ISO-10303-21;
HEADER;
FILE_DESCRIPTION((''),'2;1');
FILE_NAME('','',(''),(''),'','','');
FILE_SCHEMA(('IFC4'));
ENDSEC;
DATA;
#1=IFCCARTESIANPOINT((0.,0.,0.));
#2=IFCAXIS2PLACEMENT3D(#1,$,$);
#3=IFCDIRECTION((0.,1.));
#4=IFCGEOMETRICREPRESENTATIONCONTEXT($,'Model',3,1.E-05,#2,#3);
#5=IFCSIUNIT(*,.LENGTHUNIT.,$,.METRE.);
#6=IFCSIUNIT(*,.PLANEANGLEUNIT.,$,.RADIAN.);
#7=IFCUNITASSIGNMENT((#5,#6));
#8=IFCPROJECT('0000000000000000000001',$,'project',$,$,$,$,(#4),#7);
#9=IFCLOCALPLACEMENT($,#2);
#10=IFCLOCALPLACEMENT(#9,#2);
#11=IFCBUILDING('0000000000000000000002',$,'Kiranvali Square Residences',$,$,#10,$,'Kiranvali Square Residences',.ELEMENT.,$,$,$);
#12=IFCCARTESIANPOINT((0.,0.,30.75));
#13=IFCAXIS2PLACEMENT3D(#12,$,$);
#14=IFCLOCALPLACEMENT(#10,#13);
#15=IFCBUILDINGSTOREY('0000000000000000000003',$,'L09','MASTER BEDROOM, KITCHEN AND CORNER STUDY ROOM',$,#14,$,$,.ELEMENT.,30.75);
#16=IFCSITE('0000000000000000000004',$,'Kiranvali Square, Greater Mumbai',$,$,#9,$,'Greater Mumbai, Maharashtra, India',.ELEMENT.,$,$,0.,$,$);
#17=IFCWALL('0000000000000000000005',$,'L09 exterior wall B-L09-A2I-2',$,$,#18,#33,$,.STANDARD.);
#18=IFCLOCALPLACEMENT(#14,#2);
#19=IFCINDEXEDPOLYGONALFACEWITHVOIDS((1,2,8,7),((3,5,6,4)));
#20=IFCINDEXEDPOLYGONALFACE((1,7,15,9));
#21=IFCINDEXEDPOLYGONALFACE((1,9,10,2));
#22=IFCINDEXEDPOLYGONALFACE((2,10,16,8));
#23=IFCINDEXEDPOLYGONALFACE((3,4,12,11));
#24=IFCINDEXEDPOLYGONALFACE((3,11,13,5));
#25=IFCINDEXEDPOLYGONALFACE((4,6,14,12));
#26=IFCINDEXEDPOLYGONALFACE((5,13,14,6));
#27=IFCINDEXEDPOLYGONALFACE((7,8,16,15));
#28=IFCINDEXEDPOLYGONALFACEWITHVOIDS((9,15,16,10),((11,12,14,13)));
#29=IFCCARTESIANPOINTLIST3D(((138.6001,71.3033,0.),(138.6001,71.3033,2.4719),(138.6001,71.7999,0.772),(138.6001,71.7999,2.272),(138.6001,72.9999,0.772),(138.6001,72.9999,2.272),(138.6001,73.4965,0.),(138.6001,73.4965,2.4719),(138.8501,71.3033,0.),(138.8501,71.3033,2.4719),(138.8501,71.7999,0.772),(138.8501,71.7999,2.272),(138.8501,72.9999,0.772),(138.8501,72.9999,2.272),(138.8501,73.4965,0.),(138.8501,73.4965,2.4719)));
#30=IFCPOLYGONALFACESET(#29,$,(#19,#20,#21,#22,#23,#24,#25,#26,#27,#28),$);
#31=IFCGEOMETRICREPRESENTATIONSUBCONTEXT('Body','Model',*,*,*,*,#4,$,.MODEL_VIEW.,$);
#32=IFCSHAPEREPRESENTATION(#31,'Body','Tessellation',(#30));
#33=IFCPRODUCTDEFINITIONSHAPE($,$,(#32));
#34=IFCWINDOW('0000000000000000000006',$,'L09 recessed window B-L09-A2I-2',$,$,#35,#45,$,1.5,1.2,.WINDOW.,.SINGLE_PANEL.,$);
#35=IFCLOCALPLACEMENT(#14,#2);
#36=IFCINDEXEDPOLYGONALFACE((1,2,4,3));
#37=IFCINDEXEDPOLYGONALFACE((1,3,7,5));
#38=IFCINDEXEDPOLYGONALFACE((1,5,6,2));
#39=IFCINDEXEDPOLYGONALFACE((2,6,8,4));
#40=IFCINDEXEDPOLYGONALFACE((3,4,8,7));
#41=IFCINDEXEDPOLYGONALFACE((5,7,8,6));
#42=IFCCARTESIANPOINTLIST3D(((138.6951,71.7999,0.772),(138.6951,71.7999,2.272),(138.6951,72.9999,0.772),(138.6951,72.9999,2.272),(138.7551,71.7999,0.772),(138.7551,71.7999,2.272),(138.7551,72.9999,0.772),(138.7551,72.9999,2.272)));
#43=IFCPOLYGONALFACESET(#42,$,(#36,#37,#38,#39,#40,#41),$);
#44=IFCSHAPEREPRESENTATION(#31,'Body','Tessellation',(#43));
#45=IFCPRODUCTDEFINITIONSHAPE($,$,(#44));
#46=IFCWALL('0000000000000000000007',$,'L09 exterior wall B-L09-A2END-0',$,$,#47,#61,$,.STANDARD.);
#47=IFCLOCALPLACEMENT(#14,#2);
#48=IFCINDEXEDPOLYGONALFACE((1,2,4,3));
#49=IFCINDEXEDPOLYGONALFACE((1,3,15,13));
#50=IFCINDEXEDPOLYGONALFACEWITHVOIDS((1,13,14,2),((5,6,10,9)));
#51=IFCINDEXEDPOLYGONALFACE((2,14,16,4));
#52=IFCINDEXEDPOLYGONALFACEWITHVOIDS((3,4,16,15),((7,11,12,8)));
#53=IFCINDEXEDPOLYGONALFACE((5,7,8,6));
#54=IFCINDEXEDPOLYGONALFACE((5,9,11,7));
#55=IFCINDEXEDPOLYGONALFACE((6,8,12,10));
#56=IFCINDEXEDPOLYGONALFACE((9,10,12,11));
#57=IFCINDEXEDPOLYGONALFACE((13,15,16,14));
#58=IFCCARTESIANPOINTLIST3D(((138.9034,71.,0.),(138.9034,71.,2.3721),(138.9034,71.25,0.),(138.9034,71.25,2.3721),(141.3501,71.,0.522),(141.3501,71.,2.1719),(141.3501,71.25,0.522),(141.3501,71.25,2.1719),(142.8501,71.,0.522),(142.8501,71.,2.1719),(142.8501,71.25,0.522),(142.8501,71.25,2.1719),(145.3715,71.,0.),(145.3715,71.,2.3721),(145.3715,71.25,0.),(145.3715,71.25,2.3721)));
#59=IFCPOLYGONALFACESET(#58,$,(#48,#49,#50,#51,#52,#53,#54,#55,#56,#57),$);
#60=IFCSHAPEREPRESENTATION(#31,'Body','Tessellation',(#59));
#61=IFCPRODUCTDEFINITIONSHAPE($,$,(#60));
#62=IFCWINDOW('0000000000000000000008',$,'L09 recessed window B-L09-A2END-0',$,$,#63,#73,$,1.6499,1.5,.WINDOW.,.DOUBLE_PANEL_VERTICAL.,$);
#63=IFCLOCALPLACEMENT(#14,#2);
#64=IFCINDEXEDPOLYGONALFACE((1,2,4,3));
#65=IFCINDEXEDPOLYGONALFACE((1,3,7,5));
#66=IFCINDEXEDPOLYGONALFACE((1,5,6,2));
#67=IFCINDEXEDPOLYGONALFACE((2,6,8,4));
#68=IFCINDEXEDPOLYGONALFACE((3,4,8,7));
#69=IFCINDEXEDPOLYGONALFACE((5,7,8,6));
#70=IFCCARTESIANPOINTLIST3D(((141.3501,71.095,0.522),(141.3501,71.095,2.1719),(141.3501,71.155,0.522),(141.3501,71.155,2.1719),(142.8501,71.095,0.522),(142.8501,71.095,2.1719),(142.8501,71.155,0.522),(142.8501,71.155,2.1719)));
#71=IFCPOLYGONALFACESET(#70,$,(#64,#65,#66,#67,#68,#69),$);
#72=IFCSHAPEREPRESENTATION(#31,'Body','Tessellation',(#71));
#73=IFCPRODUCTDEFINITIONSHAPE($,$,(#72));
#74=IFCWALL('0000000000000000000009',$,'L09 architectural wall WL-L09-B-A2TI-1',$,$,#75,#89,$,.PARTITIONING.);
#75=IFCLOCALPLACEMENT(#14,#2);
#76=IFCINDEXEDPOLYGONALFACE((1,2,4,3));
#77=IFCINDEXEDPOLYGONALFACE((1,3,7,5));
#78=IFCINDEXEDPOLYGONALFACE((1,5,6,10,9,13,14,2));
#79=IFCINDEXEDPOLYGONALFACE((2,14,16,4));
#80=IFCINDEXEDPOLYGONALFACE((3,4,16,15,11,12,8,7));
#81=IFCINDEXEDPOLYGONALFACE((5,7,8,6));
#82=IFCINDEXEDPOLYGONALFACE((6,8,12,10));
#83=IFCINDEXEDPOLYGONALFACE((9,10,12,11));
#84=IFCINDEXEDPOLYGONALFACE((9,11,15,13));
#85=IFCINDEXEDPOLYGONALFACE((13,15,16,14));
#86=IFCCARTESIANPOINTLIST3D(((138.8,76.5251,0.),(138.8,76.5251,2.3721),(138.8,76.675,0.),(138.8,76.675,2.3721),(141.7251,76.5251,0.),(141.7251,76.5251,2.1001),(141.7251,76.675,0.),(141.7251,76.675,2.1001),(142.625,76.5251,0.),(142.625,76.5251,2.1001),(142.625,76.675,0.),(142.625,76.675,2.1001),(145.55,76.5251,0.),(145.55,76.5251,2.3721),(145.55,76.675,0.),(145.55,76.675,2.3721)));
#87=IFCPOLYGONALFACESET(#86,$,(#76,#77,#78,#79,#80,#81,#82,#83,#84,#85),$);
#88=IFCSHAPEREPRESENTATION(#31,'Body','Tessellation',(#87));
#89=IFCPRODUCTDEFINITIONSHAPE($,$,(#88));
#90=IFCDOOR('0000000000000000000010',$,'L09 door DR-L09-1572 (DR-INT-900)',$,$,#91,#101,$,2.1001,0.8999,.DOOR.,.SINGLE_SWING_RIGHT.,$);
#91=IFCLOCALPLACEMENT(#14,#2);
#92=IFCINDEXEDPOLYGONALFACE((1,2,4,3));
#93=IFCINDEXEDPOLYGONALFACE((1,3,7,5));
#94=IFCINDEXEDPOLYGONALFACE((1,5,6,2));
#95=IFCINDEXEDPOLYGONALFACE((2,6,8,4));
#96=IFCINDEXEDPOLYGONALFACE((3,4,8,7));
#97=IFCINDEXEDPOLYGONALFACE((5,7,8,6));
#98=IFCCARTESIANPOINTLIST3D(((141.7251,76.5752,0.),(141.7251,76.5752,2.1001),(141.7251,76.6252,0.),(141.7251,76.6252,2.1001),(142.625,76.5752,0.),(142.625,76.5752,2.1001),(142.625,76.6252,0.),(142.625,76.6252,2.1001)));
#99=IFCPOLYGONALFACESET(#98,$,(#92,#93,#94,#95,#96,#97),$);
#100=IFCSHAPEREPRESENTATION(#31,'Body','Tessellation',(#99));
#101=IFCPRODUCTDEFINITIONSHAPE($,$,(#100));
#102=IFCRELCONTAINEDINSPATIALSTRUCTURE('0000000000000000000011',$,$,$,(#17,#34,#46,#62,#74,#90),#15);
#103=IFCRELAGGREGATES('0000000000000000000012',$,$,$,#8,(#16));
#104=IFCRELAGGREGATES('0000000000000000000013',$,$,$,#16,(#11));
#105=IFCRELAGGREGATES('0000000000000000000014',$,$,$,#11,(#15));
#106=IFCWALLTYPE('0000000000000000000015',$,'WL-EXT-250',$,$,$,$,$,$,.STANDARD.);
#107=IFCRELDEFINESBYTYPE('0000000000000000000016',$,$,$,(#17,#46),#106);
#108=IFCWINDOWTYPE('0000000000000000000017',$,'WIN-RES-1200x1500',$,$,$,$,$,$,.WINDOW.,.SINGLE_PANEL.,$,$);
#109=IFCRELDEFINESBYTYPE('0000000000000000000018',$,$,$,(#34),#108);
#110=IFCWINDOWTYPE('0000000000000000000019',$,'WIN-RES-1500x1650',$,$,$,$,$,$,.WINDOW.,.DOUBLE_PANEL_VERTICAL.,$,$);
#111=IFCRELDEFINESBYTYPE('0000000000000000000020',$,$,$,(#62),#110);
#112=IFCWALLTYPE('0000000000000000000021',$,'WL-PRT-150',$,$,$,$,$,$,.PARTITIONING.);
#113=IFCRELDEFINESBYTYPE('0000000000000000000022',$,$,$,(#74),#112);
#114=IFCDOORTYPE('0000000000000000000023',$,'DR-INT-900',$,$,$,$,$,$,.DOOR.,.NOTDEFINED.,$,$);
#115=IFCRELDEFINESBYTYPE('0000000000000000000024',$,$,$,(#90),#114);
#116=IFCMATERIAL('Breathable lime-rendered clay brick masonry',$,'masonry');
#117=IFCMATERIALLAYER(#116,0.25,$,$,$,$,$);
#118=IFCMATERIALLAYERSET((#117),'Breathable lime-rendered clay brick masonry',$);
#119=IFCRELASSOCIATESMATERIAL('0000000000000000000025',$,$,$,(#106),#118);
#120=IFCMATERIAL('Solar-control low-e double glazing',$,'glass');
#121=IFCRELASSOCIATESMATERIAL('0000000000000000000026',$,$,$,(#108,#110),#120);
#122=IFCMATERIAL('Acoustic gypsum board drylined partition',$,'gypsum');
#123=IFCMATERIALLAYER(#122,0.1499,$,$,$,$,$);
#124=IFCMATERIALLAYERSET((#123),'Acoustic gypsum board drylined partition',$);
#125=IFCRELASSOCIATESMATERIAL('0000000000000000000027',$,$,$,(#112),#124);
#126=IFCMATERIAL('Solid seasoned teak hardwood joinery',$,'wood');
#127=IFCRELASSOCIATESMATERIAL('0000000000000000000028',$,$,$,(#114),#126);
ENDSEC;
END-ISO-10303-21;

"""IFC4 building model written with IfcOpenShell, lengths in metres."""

from ifc_helpers import new_model, si_unit, direction, frame, frame_2d, origin, place, context, subcontext, project, spatial, rectangle, extrude, material, layer, layer_set, type_object, element, fill, save


model = new_model("IFC4")

# Units and contexts
model_context = context("Model", 3, precision=1e-05, world=origin(), true_north=direction((0.0, 1.0)))
body_context = subcontext(model_context, "Body", "Model", "MODEL_VIEW")
ifc_project = project(units=[si_unit("LENGTHUNIT", "METRE"), si_unit("PLANEANGLEUNIT", "RADIAN")], contexts=[model_context])

# Site, building, storey
site_placement = place(None, origin())
site = spatial("IfcSite", under=ifc_project, at=site_placement, Name="Kiranvali Square, Greater Mumbai", LongName="Greater Mumbai, Maharashtra, India", CompositionType="ELEMENT", RefElevation=0.0)
building_placement = place(site_placement, origin())
building = spatial("IfcBuilding", under=site, at=building_placement, Name="Kiranvali Square Residences", LongName="Kiranvali Square Residences", CompositionType="ELEMENT")
storey_placement = place(building_placement, frame((0.0, 0.0, 30.75)))
storey = spatial("IfcBuildingStorey", under=building, at=storey_placement, Name="L09", Description="MASTER BEDROOM, KITCHEN AND CORNER STUDY ROOM", CompositionType="ELEMENT", Elevation=30.75)

# Walls, openings, windows
ifc_material_1 = material(Name="Breathable lime-rendered clay brick masonry", Category="masonry")
ifc_layer_1 = layer(ifc_material_1, 0.25)
ifc_layer_set_1 = layer_set([ifc_layer_1], Name="Breathable lime-rendered clay brick masonry")
wall_type_1 = type_object("IfcWallType", Name="WL-EXT-250", PredefinedType="STANDARD", material=ifc_layer_set_1)
ifc_material_2 = material(Name="Solar-control low-e double glazing", Category="glass")
window_type_1 = type_object("IfcWindowType", Name="WIN-RES-1200x1500", PartitioningType="SINGLE_PANEL", PredefinedType="WINDOW", material=ifc_material_2)
wall_1_placement = place(storey_placement, frame((138.7251, 73.4966, 0.0), z_axis=(0.0, 0.0, 1.0), x_axis=(0.0, -1.0, 0.0)))
wall_1 = element("IfcWall", 1, at=wall_1_placement, inside=storey, type_object=wall_type_1, Name="L09 exterior wall B-L09-A2I-2", PredefinedType="STANDARD", context=body_context, shape_type="SweptSolid", body=[
    extrude(rectangle(XDim=2.1931, YDim=0.25, at=frame_2d((1.0967, 0.0))), origin(), (0.0, 0.0, 1.0), 2.4719),
])
opening_1_placement = place(wall_1_placement, frame((0.4966, 0.0, 0.772)))
opening_1 = element("IfcOpeningElement", 2, at=opening_1_placement, cuts=wall_1, PredefinedType="OPENING", context=body_context, shape_type="SweptSolid", body=[
    extrude(rectangle(XDim=1.2, YDim=1.5, at=frame_2d((0.6001, 0.75))), frame((0.0, 0.135, 0.0), z_axis=(0.0, -1.0, 0.0), x_axis=(1.0, 0.0, 0.0)), (0.0, 0.0, 1.0), 0.27),
])
window_1_placement = place(opening_1_placement, origin())
window_1 = element("IfcWindow", 3, at=window_1_placement, inside=storey, type_object=window_type_1, Name="L09 recessed window B-L09-A2I-2", OverallHeight=1.5, OverallWidth=1.2, PartitioningType="SINGLE_PANEL", PredefinedType="WINDOW", context=body_context, shape_type="SweptSolid", body=[
    extrude(rectangle(XDim=1.2, YDim=1.5, at=frame_2d((0.6001, 0.75))), frame((0.0, 0.03, 0.0), z_axis=(0.0, -1.0, 0.0), x_axis=(1.0, 0.0, 0.0)), (0.0, 0.0, 1.0), 0.0601),
])
fill(opening_1, window_1)
wall_2_placement = place(storey_placement, frame((138.9036, 71.125, 0.0), z_axis=(0.0, 0.0, 1.0), x_axis=(1.0, 0.0, 0.0)))
wall_2 = element("IfcWall", 4, at=wall_2_placement, inside=storey, type_object=wall_type_1, Name="L09 exterior wall B-L09-A2END-0", PredefinedType="STANDARD", context=body_context, shape_type="SweptSolid", body=[
    extrude(rectangle(XDim=6.468, YDim=0.25, at=frame_2d((3.2339, 0.0))), origin(), (0.0, 0.0, 1.0), 2.3721),
])
opening_2_placement = place(wall_2_placement, frame((2.4465, 0.0, 0.522)))
opening_2 = element("IfcOpeningElement", 5, at=opening_2_placement, cuts=wall_2, PredefinedType="OPENING", context=body_context, shape_type="SweptSolid", body=[
    extrude(rectangle(XDim=1.5, YDim=1.6499, at=frame_2d((0.75, 0.825))), frame((0.0, 0.135, 0.0), z_axis=(0.0, -1.0, 0.0), x_axis=(1.0, 0.0, 0.0)), (0.0, 0.0, 1.0), 0.27),
])
window_type_2 = type_object("IfcWindowType", Name="WIN-RES-1500x1650", PartitioningType="DOUBLE_PANEL_VERTICAL", PredefinedType="WINDOW", material=ifc_material_2)
window_2_placement = place(opening_2_placement, origin())
window_2 = element("IfcWindow", 6, at=window_2_placement, inside=storey, type_object=window_type_2, Name="L09 recessed window B-L09-A2END-0", OverallHeight=1.6499, OverallWidth=1.5, PartitioningType="DOUBLE_PANEL_VERTICAL", PredefinedType="WINDOW", context=body_context, shape_type="SweptSolid", body=[
    extrude(rectangle(XDim=1.5, YDim=1.6499, at=frame_2d((0.75, 0.825))), frame((0.0, 0.03, 0.0), z_axis=(0.0, -1.0, 0.0), x_axis=(1.0, 0.0, 0.0)), (0.0, 0.0, 1.0), 0.0601),
])
fill(opening_2, window_2)

# Wall, opening, door
ifc_material_3 = material(Name="Acoustic gypsum board drylined partition", Category="gypsum")
ifc_layer_2 = layer(ifc_material_3, 0.1499)
ifc_layer_set_2 = layer_set([ifc_layer_2], Name="Acoustic gypsum board drylined partition")
wall_type_2 = type_object("IfcWallType", Name="WL-PRT-150", PredefinedType="PARTITIONING", material=ifc_layer_set_2)
wall_3_placement = place(storey_placement, frame((138.8, 76.6001, 0.0), z_axis=(0.0, 0.0, 1.0), x_axis=(1.0, 0.0, 0.0)))
wall_3 = element("IfcWall", 7, at=wall_3_placement, inside=storey, type_object=wall_type_2, Name="L09 architectural wall WL-L09-B-A2TI-1", PredefinedType="PARTITIONING", context=body_context, shape_type="SweptSolid", body=[
    extrude(rectangle(XDim=6.75, YDim=0.1499, at=frame_2d((3.375, 0.0))), origin(), (0.0, 0.0, 1.0), 2.3721),
])
opening_3_placement = place(wall_3_placement, frame((2.925, 0.0, 0.0)))
opening_3 = element("IfcOpeningElement", 8, at=opening_3_placement, cuts=wall_3, PredefinedType="OPENING", context=body_context, shape_type="SweptSolid", body=[
    extrude(rectangle(XDim=0.8999, YDim=2.1001, at=frame_2d((0.45, 1.05))), frame((0.0, 0.085, 0.0), z_axis=(0.0, -1.0, 0.0), x_axis=(1.0, 0.0, 0.0)), (0.0, 0.0, 1.0), 0.1699),
])
ifc_material_4 = material(Name="Solid seasoned teak hardwood joinery", Category="wood")
door_type = type_object("IfcDoorType", Name="DR-INT-900", OperationType="NOTDEFINED", PredefinedType="DOOR", material=ifc_material_4)
door_placement = place(opening_3_placement, frame((0.8999, 0.0, 0.0), z_axis=(0.0, 0.0, 1.0), x_axis=(-1.0, 0.0, 0.0)))
door = element("IfcDoor", 9, at=door_placement, inside=storey, type_object=door_type, Name="L09 door DR-L09-1572 (DR-INT-900)", OperationType="SINGLE_SWING_RIGHT", OverallHeight=2.1001, OverallWidth=0.8999, PredefinedType="DOOR", context=body_context, shape_type="SweptSolid", body=[
    extrude(rectangle(XDim=0.8999, YDim=2.1001, at=frame_2d((0.45, 1.05))), frame((0.0, 0.0249, 0.0), z_axis=(0.0, -1.0, 0.0), x_axis=(1.0, 0.0, 0.0)), (0.0, 0.0, 1.0), 0.05),
])
fill(opening_3, door)

save(model, "model.ifc")
